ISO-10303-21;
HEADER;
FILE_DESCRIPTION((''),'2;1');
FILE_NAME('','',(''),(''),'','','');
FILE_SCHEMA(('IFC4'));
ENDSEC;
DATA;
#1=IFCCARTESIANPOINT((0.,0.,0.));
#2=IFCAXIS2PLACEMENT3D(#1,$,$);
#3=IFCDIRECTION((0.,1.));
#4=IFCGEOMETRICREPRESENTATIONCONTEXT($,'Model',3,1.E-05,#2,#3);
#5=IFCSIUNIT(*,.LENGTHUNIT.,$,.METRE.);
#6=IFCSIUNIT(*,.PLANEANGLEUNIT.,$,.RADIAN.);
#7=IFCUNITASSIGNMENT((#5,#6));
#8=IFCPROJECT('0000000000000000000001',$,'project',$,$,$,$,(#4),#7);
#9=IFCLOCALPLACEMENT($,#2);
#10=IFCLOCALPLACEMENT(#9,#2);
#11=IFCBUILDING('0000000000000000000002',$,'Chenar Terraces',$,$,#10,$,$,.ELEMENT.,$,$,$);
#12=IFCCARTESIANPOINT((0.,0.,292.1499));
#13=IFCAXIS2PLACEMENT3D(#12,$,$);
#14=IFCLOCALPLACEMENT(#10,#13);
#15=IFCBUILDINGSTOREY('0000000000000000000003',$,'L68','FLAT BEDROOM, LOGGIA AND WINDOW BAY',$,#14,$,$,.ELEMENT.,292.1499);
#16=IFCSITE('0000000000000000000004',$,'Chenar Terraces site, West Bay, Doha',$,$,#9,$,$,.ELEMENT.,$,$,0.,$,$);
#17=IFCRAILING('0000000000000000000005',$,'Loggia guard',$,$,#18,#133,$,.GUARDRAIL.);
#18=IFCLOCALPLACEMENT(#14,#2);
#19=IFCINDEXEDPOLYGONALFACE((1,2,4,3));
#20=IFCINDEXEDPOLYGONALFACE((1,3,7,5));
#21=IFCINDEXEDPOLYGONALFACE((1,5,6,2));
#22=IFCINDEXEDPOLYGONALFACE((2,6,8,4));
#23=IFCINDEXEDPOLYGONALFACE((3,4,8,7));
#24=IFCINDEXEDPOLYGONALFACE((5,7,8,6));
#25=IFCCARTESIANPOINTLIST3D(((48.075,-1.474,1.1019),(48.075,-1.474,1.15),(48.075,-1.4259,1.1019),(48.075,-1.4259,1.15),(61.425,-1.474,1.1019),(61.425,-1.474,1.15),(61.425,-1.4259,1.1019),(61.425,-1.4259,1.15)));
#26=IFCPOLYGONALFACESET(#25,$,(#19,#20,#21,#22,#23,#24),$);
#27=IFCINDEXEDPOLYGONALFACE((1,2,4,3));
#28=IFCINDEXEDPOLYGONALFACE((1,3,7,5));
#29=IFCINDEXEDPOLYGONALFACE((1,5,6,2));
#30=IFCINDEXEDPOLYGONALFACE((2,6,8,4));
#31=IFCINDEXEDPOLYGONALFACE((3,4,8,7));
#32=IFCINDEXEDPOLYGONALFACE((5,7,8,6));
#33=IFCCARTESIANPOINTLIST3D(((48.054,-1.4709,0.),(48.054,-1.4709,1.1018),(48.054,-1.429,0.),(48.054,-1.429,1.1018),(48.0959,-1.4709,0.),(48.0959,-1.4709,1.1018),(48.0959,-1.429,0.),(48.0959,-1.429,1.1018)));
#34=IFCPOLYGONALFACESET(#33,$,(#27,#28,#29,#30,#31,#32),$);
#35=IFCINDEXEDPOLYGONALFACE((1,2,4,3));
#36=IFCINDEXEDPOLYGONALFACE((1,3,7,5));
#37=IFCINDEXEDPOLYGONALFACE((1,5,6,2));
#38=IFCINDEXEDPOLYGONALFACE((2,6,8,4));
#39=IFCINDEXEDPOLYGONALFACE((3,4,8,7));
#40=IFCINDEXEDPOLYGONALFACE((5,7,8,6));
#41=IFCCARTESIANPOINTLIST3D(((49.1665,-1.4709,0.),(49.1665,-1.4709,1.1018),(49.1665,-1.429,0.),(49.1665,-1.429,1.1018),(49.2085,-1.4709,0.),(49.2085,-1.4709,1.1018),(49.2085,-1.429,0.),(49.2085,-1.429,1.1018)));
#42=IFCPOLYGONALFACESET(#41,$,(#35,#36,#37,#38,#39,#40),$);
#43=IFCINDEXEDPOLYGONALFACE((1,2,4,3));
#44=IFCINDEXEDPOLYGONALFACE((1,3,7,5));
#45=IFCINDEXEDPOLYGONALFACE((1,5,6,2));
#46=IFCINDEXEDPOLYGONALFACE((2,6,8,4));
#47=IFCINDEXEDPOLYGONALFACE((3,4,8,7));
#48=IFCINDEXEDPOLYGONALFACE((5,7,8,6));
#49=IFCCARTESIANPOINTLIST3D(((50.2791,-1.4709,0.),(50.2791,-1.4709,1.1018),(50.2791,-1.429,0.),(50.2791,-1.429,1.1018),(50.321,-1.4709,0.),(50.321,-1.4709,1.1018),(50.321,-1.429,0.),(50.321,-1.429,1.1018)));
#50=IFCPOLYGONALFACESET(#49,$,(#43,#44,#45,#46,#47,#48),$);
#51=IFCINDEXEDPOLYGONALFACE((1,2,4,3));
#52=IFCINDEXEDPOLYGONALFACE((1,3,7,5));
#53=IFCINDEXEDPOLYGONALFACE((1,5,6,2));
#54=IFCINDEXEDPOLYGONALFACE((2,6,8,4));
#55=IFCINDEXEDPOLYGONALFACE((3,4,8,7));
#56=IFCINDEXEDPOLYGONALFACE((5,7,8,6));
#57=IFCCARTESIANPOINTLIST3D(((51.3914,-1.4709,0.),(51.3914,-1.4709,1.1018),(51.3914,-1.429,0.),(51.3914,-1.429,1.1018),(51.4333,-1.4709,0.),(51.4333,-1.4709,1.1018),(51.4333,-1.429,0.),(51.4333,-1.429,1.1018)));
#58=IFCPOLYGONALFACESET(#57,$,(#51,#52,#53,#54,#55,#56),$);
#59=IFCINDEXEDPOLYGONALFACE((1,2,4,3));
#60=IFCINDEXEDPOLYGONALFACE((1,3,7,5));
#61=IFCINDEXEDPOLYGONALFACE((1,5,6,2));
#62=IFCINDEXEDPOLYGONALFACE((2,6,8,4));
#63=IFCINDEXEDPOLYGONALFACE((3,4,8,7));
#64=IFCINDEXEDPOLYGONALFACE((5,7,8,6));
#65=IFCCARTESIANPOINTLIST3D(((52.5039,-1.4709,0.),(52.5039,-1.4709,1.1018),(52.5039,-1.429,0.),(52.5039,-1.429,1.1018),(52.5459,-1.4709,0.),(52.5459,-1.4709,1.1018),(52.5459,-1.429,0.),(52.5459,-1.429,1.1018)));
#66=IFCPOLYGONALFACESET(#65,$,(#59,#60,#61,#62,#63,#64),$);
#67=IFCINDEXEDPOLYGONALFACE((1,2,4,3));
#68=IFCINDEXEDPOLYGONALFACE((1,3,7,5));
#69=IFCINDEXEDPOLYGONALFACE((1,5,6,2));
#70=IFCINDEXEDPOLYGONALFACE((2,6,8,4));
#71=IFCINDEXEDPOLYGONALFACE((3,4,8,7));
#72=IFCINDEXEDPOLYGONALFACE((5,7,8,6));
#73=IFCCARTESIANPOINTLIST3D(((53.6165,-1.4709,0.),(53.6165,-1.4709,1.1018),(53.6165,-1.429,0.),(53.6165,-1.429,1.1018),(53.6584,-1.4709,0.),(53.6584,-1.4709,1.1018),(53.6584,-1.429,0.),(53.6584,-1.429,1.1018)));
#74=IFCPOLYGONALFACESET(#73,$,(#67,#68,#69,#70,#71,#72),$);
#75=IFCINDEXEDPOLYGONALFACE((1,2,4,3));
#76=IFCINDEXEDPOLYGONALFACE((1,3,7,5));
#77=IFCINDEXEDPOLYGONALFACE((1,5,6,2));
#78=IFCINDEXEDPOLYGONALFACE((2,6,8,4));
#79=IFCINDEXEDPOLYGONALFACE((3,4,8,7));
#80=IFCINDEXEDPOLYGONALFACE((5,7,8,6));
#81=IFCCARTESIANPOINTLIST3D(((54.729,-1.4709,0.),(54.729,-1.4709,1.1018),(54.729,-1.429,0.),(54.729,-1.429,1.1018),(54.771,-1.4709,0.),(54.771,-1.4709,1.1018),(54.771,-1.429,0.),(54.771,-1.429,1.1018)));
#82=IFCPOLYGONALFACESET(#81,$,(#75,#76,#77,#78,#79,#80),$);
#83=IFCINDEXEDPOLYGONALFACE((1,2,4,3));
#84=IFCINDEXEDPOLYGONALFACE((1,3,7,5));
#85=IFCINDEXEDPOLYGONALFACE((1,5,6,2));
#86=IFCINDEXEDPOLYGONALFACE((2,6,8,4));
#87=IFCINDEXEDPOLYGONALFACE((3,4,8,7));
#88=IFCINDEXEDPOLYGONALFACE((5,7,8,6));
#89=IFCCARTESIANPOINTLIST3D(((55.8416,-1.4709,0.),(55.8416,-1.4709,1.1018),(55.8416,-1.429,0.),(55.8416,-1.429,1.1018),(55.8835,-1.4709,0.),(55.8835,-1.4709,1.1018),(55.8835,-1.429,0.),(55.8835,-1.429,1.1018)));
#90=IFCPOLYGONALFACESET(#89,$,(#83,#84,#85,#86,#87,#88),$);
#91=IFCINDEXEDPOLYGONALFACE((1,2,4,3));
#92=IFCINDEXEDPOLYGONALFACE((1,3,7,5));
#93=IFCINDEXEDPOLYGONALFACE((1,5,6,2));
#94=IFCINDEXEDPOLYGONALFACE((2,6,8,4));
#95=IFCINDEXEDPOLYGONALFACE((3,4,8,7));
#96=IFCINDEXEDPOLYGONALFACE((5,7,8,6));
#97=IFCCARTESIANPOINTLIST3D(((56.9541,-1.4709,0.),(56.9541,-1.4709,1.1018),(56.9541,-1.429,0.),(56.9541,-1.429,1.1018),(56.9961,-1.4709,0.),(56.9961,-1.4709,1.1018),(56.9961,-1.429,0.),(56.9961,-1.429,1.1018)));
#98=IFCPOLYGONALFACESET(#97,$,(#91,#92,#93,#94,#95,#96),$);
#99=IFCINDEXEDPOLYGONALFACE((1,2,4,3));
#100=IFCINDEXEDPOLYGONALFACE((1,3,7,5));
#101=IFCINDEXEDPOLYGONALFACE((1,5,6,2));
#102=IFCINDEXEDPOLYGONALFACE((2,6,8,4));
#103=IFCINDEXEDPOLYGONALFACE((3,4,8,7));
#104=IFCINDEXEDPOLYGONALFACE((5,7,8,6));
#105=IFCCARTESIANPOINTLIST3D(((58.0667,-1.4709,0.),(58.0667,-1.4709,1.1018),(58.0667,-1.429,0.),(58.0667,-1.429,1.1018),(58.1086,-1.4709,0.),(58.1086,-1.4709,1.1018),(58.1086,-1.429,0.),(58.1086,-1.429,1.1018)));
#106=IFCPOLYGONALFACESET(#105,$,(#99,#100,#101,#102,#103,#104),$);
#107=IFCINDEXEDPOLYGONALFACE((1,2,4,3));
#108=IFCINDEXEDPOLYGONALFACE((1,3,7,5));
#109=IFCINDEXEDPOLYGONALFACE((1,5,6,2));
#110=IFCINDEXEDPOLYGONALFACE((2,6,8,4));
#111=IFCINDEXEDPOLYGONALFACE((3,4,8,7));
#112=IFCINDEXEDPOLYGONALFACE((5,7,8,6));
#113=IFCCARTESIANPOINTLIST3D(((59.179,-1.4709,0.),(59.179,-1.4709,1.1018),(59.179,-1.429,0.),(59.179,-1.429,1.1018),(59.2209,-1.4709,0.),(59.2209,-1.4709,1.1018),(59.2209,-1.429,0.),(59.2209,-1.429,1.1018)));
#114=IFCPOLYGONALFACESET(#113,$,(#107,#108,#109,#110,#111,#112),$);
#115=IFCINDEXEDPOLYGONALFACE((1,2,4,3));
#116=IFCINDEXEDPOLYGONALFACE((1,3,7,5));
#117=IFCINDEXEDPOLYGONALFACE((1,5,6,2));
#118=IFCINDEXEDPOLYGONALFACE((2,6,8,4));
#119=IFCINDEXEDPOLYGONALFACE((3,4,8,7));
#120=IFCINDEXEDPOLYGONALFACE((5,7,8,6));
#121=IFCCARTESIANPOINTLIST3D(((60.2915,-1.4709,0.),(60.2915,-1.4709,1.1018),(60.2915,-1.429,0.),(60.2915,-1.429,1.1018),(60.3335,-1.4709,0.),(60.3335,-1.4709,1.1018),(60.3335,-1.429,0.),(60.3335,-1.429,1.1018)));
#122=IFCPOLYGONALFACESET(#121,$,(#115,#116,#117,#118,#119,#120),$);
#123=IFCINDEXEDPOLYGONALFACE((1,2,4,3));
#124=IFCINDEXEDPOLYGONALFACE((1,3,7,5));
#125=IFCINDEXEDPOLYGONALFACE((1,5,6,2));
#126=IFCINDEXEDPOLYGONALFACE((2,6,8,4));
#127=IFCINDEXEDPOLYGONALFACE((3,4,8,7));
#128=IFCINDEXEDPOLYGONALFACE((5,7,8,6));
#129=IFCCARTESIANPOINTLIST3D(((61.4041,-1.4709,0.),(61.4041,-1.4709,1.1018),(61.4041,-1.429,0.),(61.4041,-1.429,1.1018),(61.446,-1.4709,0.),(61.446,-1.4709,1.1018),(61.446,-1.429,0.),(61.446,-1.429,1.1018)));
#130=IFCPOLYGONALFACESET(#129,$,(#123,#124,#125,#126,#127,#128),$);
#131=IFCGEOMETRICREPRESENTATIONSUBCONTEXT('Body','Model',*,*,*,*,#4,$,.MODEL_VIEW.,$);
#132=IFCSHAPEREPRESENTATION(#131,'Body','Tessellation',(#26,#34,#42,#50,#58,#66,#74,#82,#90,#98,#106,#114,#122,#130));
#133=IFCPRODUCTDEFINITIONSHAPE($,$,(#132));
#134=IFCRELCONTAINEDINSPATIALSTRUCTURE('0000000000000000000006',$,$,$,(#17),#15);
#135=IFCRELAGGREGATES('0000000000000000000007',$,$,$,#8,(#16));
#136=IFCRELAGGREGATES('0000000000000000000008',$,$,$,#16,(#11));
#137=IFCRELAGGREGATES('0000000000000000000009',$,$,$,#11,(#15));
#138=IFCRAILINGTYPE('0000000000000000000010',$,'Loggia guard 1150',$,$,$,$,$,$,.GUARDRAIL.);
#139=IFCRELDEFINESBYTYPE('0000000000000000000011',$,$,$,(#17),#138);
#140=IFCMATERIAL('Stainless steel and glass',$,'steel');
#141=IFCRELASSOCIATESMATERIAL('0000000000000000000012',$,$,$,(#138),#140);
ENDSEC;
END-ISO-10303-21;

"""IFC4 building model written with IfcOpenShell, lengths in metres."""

from ifc_helpers import new_model, si_unit, direction, frame, origin, origin_2d, place, context, subcontext, project, spatial, rectangle, extrude, material, type_object, element, save


model = new_model("IFC4")

# Units and contexts
model_context = context("Model", 3, precision=1e-05, world=origin(), true_north=direction((0.0, 1.0)))
body_context = subcontext(model_context, "Body", "Model", "MODEL_VIEW")
ifc_project = project(units=[si_unit("LENGTHUNIT", "METRE"), si_unit("PLANEANGLEUNIT", "RADIAN")], contexts=[model_context])

# Site, building, storey
site_placement = place(None, origin())
site = spatial("IfcSite", under=ifc_project, at=site_placement, Name="Chenar Terraces site, West Bay, Doha", CompositionType="ELEMENT", RefElevation=0.0)
building_placement = place(site_placement, origin())
building = spatial("IfcBuilding", under=site, at=building_placement, Name="Chenar Terraces", CompositionType="ELEMENT")
storey_placement = place(building_placement, frame((0.0, 0.0, 292.1499)))
storey = spatial("IfcBuildingStorey", under=building, at=storey_placement, Name="L68", Description="FLAT BEDROOM, LOGGIA AND WINDOW BAY", CompositionType="ELEMENT", Elevation=292.1499)

# Railing
ifc_material_1 = material(Name="Stainless steel and glass", Category="steel")
railing_type = type_object("IfcRailingType", Name="Loggia guard 1150", PredefinedType="GUARDRAIL", material=ifc_material_1)
railing_placement = place(storey_placement, frame((48.075, -1.45, 0.0)))
element("IfcRailing", 1, at=railing_placement, inside=storey, type_object=railing_type, Name="Loggia guard", PredefinedType="GUARDRAIL", context=body_context, shape_type="SweptSolid", body=[
    extrude(rectangle(XDim=0.0481, YDim=0.0481, at=origin_2d()), frame((0.0, 0.0, 1.126), z_axis=(1.0, 0.0, 0.0), x_axis=(0.0, 1.0, 0.0)), (0.0, 0.0, 1.0), 13.3501),
    extrude(rectangle(XDim=0.042, YDim=0.042, at=origin_2d()), origin(), (0.0, 0.0, 1.0), 1.1018),
    extrude(rectangle(XDim=0.042, YDim=0.042, at=origin_2d()), frame((1.1125, 0.0, 0.0)), (0.0, 0.0, 1.0), 1.1018),
    extrude(rectangle(XDim=0.042, YDim=0.042, at=origin_2d()), frame((2.2251, 0.0, 0.0)), (0.0, 0.0, 1.0), 1.1018),
    extrude(rectangle(XDim=0.042, YDim=0.042, at=origin_2d()), frame((3.3374, 0.0, 0.0)), (0.0, 0.0, 1.0), 1.1018),
    extrude(rectangle(XDim=0.042, YDim=0.042, at=origin_2d()), frame((4.45, 0.0, 0.0)), (0.0, 0.0, 1.0), 1.1018),
    extrude(rectangle(XDim=0.042, YDim=0.042, at=origin_2d()), frame((5.5625, 0.0, 0.0)), (0.0, 0.0, 1.0), 1.1018),
    extrude(rectangle(XDim=0.042, YDim=0.042, at=origin_2d()), frame((6.675, 0.0, 0.0)), (0.0, 0.0, 1.0), 1.1018),
    extrude(rectangle(XDim=0.042, YDim=0.042, at=origin_2d()), frame((7.7876, 0.0, 0.0)), (0.0, 0.0, 1.0), 1.1018),
    extrude(rectangle(XDim=0.042, YDim=0.042, at=origin_2d()), frame((8.9001, 0.0, 0.0)), (0.0, 0.0, 1.0), 1.1018),
    extrude(rectangle(XDim=0.042, YDim=0.042, at=origin_2d()), frame((10.0127, 0.0, 0.0)), (0.0, 0.0, 1.0), 1.1018),
    extrude(rectangle(XDim=0.042, YDim=0.042, at=origin_2d()), frame((11.125, 0.0, 0.0)), (0.0, 0.0, 1.0), 1.1018),
    extrude(rectangle(XDim=0.042, YDim=0.042, at=origin_2d()), frame((12.2375, 0.0, 0.0)), (0.0, 0.0, 1.0), 1.1018),
    extrude(rectangle(XDim=0.042, YDim=0.042, at=origin_2d()), frame((13.3501, 0.0, 0.0)), (0.0, 0.0, 1.0), 1.1018),
])

save(model, "model.ifc")
